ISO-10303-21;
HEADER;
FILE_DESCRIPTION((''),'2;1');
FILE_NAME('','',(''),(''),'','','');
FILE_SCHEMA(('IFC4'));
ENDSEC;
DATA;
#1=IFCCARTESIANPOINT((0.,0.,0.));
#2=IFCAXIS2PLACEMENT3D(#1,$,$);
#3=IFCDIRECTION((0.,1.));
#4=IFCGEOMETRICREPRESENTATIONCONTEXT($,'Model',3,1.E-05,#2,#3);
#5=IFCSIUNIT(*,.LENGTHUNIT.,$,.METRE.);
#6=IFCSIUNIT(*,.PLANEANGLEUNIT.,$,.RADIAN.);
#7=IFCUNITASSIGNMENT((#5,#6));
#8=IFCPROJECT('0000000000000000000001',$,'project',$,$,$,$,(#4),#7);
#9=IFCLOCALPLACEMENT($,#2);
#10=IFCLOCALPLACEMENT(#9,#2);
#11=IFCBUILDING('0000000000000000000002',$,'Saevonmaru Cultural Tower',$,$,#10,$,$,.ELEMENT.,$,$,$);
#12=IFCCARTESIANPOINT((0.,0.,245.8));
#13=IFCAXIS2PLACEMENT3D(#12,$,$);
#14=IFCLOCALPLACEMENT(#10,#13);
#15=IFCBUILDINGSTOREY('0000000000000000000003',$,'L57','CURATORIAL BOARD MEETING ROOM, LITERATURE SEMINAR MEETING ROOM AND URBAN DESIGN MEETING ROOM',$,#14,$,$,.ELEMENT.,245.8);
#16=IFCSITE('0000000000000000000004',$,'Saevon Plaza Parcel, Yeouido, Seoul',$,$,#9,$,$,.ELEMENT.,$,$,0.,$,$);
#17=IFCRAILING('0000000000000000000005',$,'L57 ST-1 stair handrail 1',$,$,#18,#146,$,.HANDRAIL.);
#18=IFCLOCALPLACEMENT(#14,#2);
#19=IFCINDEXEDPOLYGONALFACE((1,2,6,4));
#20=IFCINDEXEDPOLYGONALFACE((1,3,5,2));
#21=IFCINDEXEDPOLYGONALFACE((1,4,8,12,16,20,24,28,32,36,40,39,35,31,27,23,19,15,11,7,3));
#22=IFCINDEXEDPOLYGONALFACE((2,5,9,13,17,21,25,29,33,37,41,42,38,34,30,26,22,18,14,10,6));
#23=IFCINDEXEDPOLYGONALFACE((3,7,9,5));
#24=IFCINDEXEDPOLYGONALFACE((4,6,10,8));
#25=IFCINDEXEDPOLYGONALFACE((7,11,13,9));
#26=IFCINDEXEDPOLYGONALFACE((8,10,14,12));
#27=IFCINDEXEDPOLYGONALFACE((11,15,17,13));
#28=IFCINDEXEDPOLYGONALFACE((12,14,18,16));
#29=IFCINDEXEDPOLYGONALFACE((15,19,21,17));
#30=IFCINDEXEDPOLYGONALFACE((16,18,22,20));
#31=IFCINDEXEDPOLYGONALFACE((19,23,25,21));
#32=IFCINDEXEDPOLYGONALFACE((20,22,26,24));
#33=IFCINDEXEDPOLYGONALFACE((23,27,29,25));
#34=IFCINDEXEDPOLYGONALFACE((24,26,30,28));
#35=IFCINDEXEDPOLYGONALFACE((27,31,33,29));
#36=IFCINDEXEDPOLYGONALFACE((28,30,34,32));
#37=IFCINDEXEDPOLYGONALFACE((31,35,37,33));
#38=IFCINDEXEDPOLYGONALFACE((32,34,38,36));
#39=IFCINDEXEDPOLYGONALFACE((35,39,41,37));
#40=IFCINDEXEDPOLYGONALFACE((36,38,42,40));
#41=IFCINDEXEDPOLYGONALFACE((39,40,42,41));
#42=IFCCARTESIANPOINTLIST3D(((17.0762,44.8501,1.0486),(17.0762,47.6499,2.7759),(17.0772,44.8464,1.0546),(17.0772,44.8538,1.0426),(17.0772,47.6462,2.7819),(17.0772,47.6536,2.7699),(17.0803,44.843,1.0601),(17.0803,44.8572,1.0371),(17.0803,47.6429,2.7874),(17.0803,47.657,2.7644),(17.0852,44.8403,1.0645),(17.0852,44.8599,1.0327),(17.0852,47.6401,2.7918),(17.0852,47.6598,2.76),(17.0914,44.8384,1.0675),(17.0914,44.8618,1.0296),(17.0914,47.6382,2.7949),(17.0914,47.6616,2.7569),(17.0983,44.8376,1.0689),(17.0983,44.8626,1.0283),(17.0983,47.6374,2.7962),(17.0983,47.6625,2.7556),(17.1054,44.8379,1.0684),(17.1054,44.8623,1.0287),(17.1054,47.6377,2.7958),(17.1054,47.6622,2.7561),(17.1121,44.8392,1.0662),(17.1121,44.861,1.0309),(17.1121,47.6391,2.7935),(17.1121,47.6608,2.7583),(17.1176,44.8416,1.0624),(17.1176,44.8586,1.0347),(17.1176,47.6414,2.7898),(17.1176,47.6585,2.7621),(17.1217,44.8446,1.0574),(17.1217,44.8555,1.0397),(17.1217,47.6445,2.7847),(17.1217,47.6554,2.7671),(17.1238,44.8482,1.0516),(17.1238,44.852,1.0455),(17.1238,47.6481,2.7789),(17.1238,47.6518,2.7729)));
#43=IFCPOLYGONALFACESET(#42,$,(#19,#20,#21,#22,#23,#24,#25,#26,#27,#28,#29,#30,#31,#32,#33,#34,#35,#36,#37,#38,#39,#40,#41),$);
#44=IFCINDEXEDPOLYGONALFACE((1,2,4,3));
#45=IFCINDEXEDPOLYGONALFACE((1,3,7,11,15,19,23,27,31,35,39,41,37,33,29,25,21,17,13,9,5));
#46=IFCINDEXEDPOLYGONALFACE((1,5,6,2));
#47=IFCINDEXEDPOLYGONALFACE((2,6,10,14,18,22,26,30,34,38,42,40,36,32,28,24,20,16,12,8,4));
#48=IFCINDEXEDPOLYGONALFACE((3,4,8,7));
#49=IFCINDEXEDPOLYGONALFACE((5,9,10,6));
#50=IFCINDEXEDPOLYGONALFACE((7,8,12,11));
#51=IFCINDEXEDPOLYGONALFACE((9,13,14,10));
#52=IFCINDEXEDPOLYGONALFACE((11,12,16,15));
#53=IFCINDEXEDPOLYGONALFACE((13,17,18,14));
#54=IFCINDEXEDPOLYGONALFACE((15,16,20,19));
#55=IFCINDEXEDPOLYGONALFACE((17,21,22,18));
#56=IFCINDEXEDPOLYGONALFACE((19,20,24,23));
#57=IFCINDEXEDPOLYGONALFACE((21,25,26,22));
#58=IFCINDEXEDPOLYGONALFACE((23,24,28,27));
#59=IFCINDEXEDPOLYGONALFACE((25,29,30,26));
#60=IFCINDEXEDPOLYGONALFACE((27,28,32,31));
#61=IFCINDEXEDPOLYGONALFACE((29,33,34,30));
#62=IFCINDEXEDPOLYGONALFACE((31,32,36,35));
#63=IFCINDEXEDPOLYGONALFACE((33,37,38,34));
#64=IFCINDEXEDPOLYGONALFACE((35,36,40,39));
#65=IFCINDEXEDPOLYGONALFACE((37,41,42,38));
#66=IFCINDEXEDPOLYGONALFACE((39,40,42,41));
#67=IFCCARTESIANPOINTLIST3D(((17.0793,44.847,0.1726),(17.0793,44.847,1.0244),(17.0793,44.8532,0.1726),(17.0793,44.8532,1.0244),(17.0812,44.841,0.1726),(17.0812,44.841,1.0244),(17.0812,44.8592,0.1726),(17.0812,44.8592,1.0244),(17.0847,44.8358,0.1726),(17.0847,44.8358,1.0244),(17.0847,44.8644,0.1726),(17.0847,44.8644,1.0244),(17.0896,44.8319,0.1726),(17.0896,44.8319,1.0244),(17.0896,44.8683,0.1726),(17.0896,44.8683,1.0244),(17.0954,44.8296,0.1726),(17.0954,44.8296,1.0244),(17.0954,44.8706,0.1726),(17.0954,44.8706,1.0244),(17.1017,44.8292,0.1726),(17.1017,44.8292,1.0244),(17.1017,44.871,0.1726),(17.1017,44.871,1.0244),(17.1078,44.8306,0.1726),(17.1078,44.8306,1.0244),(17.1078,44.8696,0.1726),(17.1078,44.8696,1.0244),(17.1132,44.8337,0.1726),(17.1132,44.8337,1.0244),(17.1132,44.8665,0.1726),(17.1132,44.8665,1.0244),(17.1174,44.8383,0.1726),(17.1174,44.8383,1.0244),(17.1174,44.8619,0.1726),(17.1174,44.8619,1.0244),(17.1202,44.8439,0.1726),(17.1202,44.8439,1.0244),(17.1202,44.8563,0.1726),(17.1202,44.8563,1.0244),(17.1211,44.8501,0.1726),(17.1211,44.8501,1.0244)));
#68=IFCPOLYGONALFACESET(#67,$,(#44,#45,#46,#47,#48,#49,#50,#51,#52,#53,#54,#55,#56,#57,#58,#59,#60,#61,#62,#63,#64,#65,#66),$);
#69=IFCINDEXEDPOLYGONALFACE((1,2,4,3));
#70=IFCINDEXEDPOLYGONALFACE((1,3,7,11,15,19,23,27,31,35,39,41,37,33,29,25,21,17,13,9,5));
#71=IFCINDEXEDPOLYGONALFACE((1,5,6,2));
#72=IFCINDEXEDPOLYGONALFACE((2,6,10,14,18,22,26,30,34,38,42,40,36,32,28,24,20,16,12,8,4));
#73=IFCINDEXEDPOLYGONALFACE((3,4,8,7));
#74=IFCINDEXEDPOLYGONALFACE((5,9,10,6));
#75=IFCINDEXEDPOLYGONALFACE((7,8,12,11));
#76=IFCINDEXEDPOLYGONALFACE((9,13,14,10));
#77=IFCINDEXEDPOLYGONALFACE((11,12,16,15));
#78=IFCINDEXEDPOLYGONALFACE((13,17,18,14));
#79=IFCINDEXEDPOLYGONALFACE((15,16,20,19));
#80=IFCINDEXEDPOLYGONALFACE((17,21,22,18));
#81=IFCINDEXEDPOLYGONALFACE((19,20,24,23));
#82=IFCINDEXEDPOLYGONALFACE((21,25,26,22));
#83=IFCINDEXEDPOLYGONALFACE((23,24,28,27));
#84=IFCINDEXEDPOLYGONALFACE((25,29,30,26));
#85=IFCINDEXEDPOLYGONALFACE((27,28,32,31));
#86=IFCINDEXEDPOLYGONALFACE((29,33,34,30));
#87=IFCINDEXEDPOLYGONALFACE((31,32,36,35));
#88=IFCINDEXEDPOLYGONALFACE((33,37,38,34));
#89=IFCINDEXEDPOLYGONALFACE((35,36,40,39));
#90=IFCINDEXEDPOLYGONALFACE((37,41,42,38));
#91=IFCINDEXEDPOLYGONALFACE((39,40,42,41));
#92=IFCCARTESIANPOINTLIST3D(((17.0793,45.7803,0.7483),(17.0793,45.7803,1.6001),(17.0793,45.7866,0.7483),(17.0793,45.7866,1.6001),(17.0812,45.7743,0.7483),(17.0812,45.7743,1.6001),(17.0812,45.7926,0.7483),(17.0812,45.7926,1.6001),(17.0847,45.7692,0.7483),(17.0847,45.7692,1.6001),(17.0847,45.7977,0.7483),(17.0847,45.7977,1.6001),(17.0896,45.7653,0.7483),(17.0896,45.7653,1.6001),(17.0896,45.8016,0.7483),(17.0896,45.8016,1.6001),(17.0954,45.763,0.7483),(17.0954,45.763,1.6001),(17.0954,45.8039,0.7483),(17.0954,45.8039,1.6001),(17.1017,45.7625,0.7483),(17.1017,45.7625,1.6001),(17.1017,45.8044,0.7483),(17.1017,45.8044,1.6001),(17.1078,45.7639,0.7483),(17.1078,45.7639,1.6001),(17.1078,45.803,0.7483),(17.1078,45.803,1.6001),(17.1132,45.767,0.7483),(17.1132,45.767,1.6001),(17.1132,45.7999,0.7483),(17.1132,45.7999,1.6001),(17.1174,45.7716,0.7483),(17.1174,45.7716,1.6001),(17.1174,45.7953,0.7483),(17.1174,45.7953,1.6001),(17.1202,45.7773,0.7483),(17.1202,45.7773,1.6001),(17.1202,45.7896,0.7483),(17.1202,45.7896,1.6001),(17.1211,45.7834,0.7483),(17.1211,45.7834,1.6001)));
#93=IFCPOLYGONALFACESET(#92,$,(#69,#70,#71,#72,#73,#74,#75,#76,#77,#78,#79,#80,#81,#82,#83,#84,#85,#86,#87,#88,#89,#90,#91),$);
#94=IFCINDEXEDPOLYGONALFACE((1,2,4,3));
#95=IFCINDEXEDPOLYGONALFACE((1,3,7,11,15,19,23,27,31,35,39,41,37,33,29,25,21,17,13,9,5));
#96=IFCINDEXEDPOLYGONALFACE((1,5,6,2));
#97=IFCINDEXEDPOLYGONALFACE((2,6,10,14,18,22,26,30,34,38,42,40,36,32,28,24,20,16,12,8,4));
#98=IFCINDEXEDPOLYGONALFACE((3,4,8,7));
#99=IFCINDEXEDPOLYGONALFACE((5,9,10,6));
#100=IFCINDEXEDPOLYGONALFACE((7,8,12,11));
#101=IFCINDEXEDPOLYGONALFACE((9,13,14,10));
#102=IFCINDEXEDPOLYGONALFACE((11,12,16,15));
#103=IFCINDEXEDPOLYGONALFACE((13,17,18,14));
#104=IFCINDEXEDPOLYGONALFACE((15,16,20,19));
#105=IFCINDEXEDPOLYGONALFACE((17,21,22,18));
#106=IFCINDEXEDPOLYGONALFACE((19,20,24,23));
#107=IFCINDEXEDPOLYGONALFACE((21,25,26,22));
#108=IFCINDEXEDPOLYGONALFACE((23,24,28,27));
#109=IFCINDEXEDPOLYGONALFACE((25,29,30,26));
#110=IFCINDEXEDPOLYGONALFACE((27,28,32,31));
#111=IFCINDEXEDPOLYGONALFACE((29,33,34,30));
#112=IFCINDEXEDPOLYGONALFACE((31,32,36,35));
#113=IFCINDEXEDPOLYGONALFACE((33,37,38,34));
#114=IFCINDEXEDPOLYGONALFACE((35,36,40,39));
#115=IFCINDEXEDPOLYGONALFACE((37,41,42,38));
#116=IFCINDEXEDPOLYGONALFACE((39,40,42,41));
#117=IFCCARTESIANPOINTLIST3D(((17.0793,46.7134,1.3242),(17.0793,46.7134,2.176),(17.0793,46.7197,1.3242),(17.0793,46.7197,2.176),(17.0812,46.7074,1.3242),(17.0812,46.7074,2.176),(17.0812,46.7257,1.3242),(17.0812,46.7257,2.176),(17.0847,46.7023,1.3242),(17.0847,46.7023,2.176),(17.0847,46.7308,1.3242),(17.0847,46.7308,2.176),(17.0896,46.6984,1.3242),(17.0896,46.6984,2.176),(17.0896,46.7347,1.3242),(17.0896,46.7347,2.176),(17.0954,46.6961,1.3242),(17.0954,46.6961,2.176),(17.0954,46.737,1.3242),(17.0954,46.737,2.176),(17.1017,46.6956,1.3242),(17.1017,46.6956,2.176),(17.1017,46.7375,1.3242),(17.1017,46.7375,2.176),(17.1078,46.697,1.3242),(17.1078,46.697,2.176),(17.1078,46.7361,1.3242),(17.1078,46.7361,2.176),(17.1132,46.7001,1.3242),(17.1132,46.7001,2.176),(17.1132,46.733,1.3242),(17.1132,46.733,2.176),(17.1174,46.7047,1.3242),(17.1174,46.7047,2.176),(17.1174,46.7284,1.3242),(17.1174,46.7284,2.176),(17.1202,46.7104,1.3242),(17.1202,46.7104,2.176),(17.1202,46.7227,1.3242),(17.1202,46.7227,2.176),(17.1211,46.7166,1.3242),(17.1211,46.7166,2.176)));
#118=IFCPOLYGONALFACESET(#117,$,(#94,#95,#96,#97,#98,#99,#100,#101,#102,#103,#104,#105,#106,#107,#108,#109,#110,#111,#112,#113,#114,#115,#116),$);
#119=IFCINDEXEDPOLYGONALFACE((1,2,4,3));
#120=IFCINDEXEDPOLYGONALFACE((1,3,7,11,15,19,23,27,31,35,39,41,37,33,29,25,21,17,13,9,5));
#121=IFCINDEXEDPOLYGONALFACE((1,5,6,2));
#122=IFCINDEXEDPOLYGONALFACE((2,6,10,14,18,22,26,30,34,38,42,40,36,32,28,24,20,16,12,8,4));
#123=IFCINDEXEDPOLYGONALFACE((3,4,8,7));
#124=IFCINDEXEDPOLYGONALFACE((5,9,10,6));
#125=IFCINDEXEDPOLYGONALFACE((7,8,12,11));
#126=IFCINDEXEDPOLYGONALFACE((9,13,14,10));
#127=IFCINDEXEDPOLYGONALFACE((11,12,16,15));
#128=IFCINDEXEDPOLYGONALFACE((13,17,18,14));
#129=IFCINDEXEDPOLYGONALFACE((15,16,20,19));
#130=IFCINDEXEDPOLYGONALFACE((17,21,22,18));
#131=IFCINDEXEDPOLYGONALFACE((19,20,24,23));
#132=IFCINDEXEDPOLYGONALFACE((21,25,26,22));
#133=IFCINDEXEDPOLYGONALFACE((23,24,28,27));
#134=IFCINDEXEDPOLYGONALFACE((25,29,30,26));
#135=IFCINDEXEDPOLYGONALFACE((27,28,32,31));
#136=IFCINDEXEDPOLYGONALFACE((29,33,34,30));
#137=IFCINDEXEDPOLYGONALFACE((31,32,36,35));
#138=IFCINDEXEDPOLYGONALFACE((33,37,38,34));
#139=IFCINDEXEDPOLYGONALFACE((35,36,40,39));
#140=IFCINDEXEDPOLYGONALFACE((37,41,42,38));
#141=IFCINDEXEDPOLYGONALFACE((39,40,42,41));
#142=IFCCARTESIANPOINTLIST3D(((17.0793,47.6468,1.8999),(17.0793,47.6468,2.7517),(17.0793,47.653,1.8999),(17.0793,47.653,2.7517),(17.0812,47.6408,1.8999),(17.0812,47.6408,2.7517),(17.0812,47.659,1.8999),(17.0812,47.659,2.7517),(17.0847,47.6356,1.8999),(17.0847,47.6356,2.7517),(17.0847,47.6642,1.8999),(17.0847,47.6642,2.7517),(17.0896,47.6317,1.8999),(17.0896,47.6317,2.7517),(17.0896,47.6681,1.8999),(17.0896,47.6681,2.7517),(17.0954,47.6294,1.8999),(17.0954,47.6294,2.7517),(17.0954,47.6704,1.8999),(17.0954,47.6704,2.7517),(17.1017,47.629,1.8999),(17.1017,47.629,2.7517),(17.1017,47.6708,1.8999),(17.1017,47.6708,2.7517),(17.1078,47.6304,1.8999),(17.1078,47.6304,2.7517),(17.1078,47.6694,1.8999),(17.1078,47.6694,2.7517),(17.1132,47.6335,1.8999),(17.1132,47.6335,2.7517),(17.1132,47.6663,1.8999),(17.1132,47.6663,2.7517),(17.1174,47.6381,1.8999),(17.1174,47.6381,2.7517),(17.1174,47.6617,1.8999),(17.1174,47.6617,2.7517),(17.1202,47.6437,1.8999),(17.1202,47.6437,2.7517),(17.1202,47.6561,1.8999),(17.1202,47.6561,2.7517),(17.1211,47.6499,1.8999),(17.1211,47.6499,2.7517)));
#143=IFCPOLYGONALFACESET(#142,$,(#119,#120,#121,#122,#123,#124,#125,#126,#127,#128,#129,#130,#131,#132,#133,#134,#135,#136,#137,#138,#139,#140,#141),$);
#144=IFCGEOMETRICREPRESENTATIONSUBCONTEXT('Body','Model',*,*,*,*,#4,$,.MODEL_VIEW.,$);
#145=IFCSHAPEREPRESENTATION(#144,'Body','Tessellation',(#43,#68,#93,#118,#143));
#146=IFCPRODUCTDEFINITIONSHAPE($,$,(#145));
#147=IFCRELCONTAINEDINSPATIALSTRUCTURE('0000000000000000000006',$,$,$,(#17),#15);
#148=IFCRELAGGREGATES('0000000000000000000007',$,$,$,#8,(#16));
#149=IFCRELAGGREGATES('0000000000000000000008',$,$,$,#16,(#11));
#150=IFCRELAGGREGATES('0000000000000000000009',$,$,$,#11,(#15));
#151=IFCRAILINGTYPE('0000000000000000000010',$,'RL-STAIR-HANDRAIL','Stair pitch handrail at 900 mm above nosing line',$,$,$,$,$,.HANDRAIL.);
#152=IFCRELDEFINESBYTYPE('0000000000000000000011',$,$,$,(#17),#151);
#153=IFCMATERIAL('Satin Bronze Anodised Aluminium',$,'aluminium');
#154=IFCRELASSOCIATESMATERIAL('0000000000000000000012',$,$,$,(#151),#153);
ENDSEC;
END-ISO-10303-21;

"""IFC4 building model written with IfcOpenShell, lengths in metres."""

from ifc_helpers import new_model, si_unit, direction, frame, origin, origin_2d, place, context, subcontext, project, spatial, circle, extrude, material, type_object, element, save


model = new_model("IFC4")

# Units and contexts
model_context = context("Model", 3, precision=1e-05, world=origin(), true_north=direction((0.0, 1.0)))
body_context = subcontext(model_context, "Body", "Model", "MODEL_VIEW")
ifc_project = project(units=[si_unit("LENGTHUNIT", "METRE"), si_unit("PLANEANGLEUNIT", "RADIAN")], contexts=[model_context])

# Site, building, storey
site_placement = place(None, origin())
site = spatial("IfcSite", under=ifc_project, at=site_placement, Name="Saevon Plaza Parcel, Yeouido, Seoul", CompositionType="ELEMENT", RefElevation=0.0)
building_placement = place(site_placement, origin())
building = spatial("IfcBuilding", under=site, at=building_placement, Name="Saevonmaru Cultural Tower", CompositionType="ELEMENT")
storey_placement = place(building_placement, frame((0.0, 0.0, 245.8)))
storey = spatial("IfcBuildingStorey", under=building, at=storey_placement, Name="L57", Description="CURATORIAL BOARD MEETING ROOM, LITERATURE SEMINAR MEETING ROOM AND URBAN DESIGN MEETING ROOM", CompositionType="ELEMENT", Elevation=245.8)

# Shared definitions
ifc_material_1 = material(Name="Satin Bronze Anodised Aluminium", Category="aluminium")

# Railing
railing_type_1 = type_object("IfcRailingType", Name="RL-STAIR-HANDRAIL", Description="Stair pitch handrail at 900 mm above nosing line", PredefinedType="HANDRAIL", material=ifc_material_1)
railing_1_placement = place(storey_placement, frame((17.1001, 44.8501, 0.1726)))
element("IfcRailing", 1, at=railing_1_placement, inside=storey, type_object=railing_type_1, Name="L57 ST-1 stair handrail 1", PredefinedType="HANDRAIL", context=body_context, shape_type="SweptSolid", body=[
    extrude(circle(Radius=0.0239, at=origin_2d()), frame((0.0, 0.0, 0.876), z_axis=(0.0, 0.851069, 0.525054), x_axis=(-1.0, 0.0, 0.0)), (0.0, 0.0, 1.0), 3.2898),
    extrude(circle(Radius=0.021, at=origin_2d()), origin(), (0.0, 0.0, 1.0), 0.8518),
    extrude(circle(Radius=0.021, at=origin_2d()), frame((0.0, 0.9333, 0.5757)), (0.0, 0.0, 1.0), 0.8518),
    extrude(circle(Radius=0.021, at=origin_2d()), frame((0.0, 1.8665, 1.1516)), (0.0, 0.0, 1.0), 0.8518),
    extrude(circle(Radius=0.021, at=origin_2d()), frame((0.0, 2.7998, 1.7273)), (0.0, 0.0, 1.0), 0.8518),
])

save(model, "model.ifc")
